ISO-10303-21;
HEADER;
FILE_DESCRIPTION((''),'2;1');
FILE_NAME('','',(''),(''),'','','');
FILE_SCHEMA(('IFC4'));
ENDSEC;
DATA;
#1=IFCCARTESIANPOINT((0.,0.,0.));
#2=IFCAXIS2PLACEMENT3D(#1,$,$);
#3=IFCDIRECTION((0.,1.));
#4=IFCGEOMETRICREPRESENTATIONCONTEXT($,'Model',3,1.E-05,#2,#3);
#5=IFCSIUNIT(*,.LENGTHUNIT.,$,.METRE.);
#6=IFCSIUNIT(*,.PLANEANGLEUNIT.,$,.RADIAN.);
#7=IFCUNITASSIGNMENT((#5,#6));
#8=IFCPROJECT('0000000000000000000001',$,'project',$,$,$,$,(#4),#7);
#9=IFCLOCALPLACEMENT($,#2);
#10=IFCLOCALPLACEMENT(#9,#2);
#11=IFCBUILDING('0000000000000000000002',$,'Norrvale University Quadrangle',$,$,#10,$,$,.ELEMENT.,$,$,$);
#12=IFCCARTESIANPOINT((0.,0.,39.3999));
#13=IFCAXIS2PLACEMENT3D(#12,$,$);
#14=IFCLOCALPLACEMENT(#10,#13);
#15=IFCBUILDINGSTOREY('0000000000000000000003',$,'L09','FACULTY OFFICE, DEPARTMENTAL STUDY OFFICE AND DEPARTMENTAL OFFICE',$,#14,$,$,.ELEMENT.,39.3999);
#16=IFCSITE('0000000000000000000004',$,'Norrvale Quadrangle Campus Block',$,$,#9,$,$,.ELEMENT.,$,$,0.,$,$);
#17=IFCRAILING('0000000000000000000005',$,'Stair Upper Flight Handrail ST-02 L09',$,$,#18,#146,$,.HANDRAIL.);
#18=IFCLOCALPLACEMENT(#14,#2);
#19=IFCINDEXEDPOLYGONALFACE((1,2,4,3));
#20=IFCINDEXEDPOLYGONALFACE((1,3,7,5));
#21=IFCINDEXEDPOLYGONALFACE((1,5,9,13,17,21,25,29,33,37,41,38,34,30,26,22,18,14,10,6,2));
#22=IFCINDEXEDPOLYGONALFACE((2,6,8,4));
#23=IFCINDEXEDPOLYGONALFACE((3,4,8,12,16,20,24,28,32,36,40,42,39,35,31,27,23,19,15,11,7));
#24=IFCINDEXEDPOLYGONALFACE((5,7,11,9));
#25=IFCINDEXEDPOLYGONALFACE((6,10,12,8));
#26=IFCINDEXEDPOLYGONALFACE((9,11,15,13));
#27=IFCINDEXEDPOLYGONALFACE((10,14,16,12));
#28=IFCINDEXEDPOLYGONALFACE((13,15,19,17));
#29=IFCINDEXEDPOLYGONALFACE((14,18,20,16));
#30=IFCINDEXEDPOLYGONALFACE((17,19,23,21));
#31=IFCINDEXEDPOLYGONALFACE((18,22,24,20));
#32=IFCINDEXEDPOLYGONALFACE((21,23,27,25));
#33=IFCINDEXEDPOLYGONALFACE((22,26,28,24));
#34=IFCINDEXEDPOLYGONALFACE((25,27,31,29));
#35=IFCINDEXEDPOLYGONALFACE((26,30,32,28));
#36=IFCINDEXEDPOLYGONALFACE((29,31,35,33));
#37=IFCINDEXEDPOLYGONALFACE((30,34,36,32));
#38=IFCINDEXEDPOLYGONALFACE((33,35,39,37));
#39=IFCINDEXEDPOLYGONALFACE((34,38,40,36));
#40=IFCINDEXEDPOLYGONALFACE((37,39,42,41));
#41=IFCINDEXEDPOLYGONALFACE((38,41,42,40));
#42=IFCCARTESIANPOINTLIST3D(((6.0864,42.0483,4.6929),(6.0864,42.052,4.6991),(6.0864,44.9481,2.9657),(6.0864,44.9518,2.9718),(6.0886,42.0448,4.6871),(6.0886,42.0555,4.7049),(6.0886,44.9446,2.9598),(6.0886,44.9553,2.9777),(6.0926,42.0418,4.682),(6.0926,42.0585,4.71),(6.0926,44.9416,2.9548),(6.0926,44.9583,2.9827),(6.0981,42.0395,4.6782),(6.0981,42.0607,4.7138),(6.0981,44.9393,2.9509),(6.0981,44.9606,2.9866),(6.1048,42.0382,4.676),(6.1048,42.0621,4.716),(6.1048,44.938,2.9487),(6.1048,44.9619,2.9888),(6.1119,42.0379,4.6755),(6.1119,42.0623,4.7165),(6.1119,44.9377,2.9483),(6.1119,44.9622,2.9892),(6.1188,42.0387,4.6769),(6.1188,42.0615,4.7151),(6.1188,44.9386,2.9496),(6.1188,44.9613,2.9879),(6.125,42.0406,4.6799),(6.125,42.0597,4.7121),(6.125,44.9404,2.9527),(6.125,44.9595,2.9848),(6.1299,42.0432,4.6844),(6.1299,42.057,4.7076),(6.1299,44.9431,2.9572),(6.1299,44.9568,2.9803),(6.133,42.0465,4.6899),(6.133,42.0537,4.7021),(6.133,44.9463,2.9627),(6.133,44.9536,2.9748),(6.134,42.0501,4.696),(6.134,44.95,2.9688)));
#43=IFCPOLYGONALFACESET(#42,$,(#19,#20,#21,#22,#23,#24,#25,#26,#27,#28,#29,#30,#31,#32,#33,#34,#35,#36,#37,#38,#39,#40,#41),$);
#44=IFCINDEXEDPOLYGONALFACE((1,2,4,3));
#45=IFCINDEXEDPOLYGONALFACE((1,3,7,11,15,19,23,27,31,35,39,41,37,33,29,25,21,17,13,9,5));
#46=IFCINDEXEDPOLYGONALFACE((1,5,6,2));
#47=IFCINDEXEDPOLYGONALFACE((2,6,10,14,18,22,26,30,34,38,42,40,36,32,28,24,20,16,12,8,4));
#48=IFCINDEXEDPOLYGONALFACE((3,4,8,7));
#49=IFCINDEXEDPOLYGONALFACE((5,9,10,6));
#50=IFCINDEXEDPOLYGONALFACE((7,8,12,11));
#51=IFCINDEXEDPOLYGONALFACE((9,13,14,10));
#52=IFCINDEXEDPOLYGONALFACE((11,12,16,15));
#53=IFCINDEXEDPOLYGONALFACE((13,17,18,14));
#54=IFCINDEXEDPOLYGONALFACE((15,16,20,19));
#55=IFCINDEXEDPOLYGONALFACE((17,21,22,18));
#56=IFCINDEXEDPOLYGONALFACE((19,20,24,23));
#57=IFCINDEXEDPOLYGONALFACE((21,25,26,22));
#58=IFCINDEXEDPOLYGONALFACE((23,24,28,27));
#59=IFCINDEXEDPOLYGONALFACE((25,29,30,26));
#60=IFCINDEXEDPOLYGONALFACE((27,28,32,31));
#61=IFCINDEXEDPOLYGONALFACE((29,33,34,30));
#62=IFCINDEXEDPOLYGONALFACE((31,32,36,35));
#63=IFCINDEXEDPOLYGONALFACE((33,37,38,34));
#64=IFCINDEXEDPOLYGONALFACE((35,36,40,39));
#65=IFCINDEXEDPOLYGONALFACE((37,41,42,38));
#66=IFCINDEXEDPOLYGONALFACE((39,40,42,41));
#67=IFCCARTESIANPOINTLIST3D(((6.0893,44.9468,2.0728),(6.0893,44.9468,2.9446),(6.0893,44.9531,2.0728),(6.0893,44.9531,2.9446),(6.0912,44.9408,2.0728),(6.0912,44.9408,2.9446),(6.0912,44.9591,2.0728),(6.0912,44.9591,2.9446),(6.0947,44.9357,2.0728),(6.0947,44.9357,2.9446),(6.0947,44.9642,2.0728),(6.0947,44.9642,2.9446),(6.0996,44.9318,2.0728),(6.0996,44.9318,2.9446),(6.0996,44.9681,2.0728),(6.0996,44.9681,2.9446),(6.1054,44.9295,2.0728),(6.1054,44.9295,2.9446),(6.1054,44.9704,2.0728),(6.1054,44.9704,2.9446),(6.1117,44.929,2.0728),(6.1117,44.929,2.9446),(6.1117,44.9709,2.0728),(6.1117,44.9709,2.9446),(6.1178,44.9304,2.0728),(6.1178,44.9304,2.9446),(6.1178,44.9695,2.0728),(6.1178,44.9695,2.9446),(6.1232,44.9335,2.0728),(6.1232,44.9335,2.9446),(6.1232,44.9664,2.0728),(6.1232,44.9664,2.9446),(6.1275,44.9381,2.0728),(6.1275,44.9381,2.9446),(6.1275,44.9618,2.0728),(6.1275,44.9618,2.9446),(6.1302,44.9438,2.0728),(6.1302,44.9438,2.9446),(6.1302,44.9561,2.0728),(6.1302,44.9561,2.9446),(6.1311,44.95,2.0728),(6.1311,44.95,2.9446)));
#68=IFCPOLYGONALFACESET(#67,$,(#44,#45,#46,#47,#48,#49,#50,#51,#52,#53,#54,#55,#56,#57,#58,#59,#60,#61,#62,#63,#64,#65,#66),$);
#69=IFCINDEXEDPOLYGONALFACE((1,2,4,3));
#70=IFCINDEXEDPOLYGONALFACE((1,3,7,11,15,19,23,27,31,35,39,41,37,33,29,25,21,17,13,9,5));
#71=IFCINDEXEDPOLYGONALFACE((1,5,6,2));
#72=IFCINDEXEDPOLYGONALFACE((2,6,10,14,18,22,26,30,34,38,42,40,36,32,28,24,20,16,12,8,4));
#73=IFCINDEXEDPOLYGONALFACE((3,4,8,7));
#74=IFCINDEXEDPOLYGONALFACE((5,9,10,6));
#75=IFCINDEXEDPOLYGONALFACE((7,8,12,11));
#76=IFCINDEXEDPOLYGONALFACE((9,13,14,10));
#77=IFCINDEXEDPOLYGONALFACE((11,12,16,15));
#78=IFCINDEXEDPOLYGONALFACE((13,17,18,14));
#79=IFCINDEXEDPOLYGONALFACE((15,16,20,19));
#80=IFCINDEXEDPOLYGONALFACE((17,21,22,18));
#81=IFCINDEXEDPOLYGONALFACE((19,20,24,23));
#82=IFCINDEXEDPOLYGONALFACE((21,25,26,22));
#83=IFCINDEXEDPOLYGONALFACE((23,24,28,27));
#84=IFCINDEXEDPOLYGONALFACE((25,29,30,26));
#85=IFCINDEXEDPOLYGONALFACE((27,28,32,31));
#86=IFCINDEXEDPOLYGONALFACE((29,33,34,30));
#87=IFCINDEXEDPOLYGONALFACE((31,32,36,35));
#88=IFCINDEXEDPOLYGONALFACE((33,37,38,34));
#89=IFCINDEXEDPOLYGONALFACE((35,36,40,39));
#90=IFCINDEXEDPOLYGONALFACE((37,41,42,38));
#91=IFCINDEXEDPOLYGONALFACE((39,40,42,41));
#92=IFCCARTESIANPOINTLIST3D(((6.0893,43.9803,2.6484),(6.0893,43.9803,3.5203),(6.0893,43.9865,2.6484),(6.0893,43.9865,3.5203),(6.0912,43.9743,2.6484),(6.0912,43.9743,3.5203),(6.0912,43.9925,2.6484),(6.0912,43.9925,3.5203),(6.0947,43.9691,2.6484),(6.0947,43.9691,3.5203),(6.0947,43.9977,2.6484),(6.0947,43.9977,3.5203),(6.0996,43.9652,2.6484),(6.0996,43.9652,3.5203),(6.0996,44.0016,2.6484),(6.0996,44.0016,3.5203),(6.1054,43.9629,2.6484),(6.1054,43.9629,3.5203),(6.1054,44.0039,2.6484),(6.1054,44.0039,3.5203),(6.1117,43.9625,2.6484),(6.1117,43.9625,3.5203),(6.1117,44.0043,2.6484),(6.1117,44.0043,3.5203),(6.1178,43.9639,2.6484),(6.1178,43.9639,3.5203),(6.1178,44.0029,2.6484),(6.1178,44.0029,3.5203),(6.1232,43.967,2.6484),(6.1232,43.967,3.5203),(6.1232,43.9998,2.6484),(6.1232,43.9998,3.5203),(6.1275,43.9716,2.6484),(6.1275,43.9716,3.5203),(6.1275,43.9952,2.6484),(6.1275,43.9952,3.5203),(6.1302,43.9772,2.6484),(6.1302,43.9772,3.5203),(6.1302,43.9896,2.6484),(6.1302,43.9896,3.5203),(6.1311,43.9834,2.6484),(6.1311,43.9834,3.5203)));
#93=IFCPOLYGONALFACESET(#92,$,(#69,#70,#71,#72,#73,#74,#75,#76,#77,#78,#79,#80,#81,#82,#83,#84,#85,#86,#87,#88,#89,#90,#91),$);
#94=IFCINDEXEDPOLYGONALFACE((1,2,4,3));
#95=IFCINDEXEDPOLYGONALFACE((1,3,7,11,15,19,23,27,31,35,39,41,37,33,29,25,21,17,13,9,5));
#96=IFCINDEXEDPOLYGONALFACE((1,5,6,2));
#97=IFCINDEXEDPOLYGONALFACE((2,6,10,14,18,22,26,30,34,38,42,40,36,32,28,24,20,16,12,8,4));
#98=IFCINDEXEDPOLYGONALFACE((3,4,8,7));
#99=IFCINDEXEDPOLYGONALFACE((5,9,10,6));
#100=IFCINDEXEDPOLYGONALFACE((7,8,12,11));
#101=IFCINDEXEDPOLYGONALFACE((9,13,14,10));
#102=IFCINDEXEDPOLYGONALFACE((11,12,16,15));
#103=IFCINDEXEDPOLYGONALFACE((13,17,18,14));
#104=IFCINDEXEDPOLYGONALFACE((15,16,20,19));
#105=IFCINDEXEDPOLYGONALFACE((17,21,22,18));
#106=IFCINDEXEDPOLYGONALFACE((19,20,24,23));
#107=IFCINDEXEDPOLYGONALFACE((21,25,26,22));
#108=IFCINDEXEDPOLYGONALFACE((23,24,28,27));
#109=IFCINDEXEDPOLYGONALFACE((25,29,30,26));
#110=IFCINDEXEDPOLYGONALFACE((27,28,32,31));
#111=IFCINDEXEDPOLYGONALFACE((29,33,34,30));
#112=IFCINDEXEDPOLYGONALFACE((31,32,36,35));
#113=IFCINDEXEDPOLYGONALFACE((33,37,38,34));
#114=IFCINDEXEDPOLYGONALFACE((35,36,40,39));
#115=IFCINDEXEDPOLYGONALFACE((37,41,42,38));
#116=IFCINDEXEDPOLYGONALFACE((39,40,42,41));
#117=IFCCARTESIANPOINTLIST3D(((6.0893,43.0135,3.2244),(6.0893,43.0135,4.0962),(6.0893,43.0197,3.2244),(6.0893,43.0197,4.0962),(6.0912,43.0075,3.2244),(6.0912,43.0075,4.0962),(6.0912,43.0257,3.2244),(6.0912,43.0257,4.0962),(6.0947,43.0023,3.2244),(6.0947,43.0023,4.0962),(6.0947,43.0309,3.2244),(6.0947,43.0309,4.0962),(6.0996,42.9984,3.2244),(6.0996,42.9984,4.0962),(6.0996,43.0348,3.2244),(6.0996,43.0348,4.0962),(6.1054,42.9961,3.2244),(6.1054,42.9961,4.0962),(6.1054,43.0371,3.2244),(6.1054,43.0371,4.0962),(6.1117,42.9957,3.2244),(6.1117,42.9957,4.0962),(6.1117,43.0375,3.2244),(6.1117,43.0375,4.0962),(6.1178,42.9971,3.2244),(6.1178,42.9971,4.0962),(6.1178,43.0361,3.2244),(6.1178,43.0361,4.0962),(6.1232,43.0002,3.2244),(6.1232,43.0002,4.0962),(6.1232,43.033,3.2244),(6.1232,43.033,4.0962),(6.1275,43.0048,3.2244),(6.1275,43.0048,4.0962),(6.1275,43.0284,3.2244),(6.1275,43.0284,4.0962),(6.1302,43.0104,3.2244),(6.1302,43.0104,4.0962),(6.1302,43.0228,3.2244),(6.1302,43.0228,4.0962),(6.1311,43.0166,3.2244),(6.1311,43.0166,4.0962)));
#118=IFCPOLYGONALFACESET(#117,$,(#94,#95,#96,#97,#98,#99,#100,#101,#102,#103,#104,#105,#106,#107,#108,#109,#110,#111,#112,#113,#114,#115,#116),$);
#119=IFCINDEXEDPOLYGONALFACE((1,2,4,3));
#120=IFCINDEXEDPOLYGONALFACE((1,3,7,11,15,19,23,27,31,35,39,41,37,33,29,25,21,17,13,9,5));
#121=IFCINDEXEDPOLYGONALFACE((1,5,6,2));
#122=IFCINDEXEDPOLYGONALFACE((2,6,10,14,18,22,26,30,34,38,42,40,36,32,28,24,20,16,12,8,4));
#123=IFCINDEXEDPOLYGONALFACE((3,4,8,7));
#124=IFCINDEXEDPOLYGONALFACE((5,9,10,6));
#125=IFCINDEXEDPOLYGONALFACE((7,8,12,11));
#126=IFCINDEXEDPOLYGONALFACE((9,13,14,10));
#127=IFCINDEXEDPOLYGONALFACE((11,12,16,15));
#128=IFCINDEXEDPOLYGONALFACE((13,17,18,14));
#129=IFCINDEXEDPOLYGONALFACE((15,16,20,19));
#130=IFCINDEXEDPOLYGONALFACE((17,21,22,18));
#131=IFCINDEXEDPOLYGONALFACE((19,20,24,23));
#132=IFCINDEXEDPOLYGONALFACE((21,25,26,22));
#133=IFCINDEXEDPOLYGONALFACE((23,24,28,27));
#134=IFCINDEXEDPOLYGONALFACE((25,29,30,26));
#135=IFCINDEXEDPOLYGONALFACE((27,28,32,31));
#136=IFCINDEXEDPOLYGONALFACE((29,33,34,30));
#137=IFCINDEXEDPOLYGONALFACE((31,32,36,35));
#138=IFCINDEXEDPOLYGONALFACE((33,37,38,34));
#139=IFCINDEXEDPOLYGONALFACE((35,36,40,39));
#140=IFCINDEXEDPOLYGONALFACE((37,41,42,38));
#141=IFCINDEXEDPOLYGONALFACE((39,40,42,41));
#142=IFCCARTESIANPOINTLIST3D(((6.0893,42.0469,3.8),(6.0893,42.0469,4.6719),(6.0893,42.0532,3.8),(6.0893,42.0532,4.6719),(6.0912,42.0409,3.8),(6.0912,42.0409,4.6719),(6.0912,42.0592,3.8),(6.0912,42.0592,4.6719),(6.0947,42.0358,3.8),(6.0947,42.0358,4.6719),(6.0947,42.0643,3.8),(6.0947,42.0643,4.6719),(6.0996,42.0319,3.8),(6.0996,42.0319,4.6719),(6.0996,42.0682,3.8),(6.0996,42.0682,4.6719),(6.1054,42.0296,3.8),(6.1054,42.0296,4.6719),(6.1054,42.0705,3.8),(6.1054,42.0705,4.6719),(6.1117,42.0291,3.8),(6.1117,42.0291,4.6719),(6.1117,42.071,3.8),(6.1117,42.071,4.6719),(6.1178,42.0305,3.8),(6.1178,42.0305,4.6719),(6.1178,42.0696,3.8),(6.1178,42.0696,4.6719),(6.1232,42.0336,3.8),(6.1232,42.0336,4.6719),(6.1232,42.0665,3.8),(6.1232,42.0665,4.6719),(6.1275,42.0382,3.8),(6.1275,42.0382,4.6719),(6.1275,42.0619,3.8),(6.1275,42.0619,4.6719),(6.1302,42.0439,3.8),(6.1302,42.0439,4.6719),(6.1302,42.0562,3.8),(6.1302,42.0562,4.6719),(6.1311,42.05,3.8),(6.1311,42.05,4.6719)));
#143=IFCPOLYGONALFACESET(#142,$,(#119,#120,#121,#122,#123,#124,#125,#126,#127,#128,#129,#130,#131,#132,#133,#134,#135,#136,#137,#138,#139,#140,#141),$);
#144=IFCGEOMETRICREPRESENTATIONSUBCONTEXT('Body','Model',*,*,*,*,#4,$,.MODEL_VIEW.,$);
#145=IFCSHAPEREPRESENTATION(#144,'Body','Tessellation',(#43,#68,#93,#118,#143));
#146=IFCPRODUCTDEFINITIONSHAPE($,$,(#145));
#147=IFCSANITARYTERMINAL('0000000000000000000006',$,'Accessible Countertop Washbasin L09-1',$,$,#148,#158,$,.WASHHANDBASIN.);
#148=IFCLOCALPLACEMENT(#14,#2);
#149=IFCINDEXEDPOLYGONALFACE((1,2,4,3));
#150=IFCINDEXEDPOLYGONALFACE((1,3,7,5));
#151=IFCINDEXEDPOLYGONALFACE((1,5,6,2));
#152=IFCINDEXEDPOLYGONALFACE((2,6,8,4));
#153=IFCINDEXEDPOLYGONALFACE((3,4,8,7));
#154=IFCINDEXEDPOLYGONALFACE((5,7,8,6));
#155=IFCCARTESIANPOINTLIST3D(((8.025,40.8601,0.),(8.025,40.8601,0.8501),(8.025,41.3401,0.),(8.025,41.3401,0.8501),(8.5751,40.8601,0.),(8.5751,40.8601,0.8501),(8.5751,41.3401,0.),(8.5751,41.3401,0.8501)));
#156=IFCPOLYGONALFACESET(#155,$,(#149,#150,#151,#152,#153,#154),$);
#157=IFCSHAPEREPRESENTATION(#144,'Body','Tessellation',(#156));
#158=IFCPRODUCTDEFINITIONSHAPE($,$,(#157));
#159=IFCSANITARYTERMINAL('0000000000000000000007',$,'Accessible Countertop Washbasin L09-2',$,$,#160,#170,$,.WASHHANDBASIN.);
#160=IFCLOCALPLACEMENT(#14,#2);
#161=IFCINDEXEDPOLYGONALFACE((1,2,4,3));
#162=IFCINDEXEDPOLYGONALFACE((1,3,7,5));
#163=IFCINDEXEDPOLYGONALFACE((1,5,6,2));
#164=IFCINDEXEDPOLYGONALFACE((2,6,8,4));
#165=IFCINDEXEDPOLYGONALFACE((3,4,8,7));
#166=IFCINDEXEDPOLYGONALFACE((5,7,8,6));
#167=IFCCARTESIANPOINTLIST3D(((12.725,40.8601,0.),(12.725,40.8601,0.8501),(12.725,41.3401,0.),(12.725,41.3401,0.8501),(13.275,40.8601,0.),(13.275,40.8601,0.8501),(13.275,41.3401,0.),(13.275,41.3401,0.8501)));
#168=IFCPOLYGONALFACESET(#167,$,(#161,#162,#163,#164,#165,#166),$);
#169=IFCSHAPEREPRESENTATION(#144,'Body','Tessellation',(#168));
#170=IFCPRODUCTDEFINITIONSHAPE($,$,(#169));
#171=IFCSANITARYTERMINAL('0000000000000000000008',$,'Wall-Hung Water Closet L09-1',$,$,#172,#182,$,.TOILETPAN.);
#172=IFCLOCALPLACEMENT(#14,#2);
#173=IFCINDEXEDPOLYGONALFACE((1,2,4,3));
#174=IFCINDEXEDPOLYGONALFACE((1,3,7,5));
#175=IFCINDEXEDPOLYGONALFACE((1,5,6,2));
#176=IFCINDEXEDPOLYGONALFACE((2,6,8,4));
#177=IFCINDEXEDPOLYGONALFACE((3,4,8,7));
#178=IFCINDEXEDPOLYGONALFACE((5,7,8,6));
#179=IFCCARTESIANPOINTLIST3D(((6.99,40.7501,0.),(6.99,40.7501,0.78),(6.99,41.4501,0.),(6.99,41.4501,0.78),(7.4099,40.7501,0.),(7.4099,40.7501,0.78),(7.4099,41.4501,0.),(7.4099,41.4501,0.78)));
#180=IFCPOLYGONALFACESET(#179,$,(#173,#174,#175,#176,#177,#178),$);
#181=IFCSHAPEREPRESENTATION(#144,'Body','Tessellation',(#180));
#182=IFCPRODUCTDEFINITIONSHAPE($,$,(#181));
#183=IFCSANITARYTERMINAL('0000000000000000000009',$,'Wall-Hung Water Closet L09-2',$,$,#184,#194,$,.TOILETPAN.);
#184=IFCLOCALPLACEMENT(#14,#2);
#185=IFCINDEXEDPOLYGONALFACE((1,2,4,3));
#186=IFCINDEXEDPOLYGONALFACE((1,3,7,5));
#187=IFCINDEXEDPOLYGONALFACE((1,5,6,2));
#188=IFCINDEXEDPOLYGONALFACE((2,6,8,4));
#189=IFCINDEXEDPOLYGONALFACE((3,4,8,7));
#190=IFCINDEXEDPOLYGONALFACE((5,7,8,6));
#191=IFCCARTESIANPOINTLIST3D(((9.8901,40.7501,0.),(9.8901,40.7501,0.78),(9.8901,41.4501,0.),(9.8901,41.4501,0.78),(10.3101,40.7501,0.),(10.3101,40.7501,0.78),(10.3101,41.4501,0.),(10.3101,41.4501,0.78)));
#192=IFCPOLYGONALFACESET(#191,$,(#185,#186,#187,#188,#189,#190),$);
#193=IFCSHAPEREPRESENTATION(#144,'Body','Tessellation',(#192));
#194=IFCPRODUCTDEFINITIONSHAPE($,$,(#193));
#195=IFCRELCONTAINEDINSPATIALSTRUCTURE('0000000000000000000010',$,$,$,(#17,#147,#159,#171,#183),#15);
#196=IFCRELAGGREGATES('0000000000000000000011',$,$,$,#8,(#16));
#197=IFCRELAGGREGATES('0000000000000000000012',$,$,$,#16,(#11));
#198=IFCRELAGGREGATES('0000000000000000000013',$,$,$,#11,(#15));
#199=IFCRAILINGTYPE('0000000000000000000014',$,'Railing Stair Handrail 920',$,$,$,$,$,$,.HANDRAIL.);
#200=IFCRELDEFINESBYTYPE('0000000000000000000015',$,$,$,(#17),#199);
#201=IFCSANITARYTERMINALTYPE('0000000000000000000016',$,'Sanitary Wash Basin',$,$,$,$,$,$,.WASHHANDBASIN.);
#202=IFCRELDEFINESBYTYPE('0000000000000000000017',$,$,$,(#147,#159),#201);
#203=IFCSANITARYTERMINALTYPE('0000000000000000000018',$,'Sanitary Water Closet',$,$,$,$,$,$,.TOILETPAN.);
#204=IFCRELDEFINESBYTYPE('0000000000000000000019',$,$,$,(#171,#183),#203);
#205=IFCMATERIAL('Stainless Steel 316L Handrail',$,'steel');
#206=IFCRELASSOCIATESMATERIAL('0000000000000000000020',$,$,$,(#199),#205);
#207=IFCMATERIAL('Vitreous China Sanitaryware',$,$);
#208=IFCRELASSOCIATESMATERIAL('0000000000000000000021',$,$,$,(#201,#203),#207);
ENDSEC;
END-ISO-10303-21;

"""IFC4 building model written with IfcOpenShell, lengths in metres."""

from ifc_helpers import new_model, si_unit, direction, frame, origin, origin_2d, place, context, subcontext, project, spatial, rectangle, circle, extrude, material, type_object, element, save


model = new_model("IFC4")

# Units and contexts
model_context = context("Model", 3, precision=1e-05, world=origin(), true_north=direction((0.0, 1.0)))
body_context = subcontext(model_context, "Body", "Model", "MODEL_VIEW")
ifc_project = project(units=[si_unit("LENGTHUNIT", "METRE"), si_unit("PLANEANGLEUNIT", "RADIAN")], contexts=[model_context])

# Site, building, storey
site_placement = place(None, origin())
site = spatial("IfcSite", under=ifc_project, at=site_placement, Name="Norrvale Quadrangle Campus Block", CompositionType="ELEMENT", RefElevation=0.0)
building_placement = place(site_placement, origin())
building = spatial("IfcBuilding", under=site, at=building_placement, Name="Norrvale University Quadrangle", CompositionType="ELEMENT")
storey_placement = place(building_placement, frame((0.0, 0.0, 39.3999)))
storey = spatial("IfcBuildingStorey", under=building, at=storey_placement, Name="L09", Description="FACULTY OFFICE, DEPARTMENTAL STUDY OFFICE AND DEPARTMENTAL OFFICE", CompositionType="ELEMENT", Elevation=39.3999)

# Railing
ifc_material_1 = material(Name="Stainless Steel 316L Handrail", Category="steel")
railing_type_1 = type_object("IfcRailingType", Name="Railing Stair Handrail 920", PredefinedType="HANDRAIL", material=ifc_material_1)
railing_1_placement = place(storey_placement, frame((6.1101, 44.95, 2.0728)))
element("IfcRailing", 1, at=railing_1_placement, inside=storey, type_object=railing_type_1, Name="Stair Upper Flight Handrail ST-02 L09", PredefinedType="HANDRAIL", context=body_context, shape_type="SweptSolid", body=[
    extrude(circle(Radius=0.0239, at=origin_2d()), frame((0.0, 0.0, 0.896), z_axis=(0.0, -0.859141, 0.511738), x_axis=(1.0, 0.0, 0.0)), (0.0, 0.0, 1.0), 3.3752),
    extrude(circle(Radius=0.021, at=origin_2d()), origin(), (0.0, 0.0, 1.0), 0.8718),
    extrude(circle(Radius=0.021, at=origin_2d()), frame((0.0, -0.9666, 0.5757)), (0.0, 0.0, 1.0), 0.8718),
    extrude(circle(Radius=0.021, at=origin_2d()), frame((0.0, -1.9333, 1.1516)), (0.0, 0.0, 1.0), 0.8718),
    extrude(circle(Radius=0.021, at=origin_2d()), frame((0.0, -2.8999, 1.7273)), (0.0, 0.0, 1.0), 0.8718),
])

# Sanitary terminals
ifc_material_2 = material(Name="Vitreous China Sanitaryware")
sanitary_terminal_type_1 = type_object("IfcSanitaryTerminalType", Name="Sanitary Wash Basin", PredefinedType="WASHHANDBASIN", material=ifc_material_2)
for number, where, z_axis, x_axis, name in (
    (2, (8.3, 41.1001, 0.0), (0.0, 0.0, 1.0), (1.0, 0.0, 0.0), "Accessible Countertop Washbasin L09-1"),
    (3, (13.0, 41.1001, 0.0), (0.0, 0.0, 1.0), (1.0, 0.0, 0.0), "Accessible Countertop Washbasin L09-2"),
):
    element("IfcSanitaryTerminal", number, at=place(storey_placement, frame(where, z_axis=z_axis, x_axis=x_axis)), inside=storey, type_object=sanitary_terminal_type_1, Name=name, PredefinedType="WASHHANDBASIN", context=body_context, shape_type="SweptSolid", body=[
        extrude(rectangle(XDim=0.55, YDim=0.48, at=origin_2d()), origin(), (0.0, 0.0, 1.0), 0.8501),
    ])
sanitary_terminal_type_2 = type_object("IfcSanitaryTerminalType", Name="Sanitary Water Closet", PredefinedType="TOILETPAN", material=ifc_material_2)
for number, where, z_axis, x_axis, name in (
    (4, (7.2, 41.1001, 0.0), (0.0, 0.0, 1.0), (1.0, 0.0, 0.0), "Wall-Hung Water Closet L09-1"),
    (5, (10.1001, 41.1001, 0.0), (0.0, 0.0, 1.0), (1.0, 0.0, 0.0), "Wall-Hung Water Closet L09-2"),
):
    element("IfcSanitaryTerminal", number, at=place(storey_placement, frame(where, z_axis=z_axis, x_axis=x_axis)), inside=storey, type_object=sanitary_terminal_type_2, Name=name, PredefinedType="TOILETPAN", context=body_context, shape_type="SweptSolid", body=[
        extrude(rectangle(XDim=0.4199, YDim=0.7, at=origin_2d()), origin(), (0.0, 0.0, 1.0), 0.78),
    ])

save(model, "model.ifc")
